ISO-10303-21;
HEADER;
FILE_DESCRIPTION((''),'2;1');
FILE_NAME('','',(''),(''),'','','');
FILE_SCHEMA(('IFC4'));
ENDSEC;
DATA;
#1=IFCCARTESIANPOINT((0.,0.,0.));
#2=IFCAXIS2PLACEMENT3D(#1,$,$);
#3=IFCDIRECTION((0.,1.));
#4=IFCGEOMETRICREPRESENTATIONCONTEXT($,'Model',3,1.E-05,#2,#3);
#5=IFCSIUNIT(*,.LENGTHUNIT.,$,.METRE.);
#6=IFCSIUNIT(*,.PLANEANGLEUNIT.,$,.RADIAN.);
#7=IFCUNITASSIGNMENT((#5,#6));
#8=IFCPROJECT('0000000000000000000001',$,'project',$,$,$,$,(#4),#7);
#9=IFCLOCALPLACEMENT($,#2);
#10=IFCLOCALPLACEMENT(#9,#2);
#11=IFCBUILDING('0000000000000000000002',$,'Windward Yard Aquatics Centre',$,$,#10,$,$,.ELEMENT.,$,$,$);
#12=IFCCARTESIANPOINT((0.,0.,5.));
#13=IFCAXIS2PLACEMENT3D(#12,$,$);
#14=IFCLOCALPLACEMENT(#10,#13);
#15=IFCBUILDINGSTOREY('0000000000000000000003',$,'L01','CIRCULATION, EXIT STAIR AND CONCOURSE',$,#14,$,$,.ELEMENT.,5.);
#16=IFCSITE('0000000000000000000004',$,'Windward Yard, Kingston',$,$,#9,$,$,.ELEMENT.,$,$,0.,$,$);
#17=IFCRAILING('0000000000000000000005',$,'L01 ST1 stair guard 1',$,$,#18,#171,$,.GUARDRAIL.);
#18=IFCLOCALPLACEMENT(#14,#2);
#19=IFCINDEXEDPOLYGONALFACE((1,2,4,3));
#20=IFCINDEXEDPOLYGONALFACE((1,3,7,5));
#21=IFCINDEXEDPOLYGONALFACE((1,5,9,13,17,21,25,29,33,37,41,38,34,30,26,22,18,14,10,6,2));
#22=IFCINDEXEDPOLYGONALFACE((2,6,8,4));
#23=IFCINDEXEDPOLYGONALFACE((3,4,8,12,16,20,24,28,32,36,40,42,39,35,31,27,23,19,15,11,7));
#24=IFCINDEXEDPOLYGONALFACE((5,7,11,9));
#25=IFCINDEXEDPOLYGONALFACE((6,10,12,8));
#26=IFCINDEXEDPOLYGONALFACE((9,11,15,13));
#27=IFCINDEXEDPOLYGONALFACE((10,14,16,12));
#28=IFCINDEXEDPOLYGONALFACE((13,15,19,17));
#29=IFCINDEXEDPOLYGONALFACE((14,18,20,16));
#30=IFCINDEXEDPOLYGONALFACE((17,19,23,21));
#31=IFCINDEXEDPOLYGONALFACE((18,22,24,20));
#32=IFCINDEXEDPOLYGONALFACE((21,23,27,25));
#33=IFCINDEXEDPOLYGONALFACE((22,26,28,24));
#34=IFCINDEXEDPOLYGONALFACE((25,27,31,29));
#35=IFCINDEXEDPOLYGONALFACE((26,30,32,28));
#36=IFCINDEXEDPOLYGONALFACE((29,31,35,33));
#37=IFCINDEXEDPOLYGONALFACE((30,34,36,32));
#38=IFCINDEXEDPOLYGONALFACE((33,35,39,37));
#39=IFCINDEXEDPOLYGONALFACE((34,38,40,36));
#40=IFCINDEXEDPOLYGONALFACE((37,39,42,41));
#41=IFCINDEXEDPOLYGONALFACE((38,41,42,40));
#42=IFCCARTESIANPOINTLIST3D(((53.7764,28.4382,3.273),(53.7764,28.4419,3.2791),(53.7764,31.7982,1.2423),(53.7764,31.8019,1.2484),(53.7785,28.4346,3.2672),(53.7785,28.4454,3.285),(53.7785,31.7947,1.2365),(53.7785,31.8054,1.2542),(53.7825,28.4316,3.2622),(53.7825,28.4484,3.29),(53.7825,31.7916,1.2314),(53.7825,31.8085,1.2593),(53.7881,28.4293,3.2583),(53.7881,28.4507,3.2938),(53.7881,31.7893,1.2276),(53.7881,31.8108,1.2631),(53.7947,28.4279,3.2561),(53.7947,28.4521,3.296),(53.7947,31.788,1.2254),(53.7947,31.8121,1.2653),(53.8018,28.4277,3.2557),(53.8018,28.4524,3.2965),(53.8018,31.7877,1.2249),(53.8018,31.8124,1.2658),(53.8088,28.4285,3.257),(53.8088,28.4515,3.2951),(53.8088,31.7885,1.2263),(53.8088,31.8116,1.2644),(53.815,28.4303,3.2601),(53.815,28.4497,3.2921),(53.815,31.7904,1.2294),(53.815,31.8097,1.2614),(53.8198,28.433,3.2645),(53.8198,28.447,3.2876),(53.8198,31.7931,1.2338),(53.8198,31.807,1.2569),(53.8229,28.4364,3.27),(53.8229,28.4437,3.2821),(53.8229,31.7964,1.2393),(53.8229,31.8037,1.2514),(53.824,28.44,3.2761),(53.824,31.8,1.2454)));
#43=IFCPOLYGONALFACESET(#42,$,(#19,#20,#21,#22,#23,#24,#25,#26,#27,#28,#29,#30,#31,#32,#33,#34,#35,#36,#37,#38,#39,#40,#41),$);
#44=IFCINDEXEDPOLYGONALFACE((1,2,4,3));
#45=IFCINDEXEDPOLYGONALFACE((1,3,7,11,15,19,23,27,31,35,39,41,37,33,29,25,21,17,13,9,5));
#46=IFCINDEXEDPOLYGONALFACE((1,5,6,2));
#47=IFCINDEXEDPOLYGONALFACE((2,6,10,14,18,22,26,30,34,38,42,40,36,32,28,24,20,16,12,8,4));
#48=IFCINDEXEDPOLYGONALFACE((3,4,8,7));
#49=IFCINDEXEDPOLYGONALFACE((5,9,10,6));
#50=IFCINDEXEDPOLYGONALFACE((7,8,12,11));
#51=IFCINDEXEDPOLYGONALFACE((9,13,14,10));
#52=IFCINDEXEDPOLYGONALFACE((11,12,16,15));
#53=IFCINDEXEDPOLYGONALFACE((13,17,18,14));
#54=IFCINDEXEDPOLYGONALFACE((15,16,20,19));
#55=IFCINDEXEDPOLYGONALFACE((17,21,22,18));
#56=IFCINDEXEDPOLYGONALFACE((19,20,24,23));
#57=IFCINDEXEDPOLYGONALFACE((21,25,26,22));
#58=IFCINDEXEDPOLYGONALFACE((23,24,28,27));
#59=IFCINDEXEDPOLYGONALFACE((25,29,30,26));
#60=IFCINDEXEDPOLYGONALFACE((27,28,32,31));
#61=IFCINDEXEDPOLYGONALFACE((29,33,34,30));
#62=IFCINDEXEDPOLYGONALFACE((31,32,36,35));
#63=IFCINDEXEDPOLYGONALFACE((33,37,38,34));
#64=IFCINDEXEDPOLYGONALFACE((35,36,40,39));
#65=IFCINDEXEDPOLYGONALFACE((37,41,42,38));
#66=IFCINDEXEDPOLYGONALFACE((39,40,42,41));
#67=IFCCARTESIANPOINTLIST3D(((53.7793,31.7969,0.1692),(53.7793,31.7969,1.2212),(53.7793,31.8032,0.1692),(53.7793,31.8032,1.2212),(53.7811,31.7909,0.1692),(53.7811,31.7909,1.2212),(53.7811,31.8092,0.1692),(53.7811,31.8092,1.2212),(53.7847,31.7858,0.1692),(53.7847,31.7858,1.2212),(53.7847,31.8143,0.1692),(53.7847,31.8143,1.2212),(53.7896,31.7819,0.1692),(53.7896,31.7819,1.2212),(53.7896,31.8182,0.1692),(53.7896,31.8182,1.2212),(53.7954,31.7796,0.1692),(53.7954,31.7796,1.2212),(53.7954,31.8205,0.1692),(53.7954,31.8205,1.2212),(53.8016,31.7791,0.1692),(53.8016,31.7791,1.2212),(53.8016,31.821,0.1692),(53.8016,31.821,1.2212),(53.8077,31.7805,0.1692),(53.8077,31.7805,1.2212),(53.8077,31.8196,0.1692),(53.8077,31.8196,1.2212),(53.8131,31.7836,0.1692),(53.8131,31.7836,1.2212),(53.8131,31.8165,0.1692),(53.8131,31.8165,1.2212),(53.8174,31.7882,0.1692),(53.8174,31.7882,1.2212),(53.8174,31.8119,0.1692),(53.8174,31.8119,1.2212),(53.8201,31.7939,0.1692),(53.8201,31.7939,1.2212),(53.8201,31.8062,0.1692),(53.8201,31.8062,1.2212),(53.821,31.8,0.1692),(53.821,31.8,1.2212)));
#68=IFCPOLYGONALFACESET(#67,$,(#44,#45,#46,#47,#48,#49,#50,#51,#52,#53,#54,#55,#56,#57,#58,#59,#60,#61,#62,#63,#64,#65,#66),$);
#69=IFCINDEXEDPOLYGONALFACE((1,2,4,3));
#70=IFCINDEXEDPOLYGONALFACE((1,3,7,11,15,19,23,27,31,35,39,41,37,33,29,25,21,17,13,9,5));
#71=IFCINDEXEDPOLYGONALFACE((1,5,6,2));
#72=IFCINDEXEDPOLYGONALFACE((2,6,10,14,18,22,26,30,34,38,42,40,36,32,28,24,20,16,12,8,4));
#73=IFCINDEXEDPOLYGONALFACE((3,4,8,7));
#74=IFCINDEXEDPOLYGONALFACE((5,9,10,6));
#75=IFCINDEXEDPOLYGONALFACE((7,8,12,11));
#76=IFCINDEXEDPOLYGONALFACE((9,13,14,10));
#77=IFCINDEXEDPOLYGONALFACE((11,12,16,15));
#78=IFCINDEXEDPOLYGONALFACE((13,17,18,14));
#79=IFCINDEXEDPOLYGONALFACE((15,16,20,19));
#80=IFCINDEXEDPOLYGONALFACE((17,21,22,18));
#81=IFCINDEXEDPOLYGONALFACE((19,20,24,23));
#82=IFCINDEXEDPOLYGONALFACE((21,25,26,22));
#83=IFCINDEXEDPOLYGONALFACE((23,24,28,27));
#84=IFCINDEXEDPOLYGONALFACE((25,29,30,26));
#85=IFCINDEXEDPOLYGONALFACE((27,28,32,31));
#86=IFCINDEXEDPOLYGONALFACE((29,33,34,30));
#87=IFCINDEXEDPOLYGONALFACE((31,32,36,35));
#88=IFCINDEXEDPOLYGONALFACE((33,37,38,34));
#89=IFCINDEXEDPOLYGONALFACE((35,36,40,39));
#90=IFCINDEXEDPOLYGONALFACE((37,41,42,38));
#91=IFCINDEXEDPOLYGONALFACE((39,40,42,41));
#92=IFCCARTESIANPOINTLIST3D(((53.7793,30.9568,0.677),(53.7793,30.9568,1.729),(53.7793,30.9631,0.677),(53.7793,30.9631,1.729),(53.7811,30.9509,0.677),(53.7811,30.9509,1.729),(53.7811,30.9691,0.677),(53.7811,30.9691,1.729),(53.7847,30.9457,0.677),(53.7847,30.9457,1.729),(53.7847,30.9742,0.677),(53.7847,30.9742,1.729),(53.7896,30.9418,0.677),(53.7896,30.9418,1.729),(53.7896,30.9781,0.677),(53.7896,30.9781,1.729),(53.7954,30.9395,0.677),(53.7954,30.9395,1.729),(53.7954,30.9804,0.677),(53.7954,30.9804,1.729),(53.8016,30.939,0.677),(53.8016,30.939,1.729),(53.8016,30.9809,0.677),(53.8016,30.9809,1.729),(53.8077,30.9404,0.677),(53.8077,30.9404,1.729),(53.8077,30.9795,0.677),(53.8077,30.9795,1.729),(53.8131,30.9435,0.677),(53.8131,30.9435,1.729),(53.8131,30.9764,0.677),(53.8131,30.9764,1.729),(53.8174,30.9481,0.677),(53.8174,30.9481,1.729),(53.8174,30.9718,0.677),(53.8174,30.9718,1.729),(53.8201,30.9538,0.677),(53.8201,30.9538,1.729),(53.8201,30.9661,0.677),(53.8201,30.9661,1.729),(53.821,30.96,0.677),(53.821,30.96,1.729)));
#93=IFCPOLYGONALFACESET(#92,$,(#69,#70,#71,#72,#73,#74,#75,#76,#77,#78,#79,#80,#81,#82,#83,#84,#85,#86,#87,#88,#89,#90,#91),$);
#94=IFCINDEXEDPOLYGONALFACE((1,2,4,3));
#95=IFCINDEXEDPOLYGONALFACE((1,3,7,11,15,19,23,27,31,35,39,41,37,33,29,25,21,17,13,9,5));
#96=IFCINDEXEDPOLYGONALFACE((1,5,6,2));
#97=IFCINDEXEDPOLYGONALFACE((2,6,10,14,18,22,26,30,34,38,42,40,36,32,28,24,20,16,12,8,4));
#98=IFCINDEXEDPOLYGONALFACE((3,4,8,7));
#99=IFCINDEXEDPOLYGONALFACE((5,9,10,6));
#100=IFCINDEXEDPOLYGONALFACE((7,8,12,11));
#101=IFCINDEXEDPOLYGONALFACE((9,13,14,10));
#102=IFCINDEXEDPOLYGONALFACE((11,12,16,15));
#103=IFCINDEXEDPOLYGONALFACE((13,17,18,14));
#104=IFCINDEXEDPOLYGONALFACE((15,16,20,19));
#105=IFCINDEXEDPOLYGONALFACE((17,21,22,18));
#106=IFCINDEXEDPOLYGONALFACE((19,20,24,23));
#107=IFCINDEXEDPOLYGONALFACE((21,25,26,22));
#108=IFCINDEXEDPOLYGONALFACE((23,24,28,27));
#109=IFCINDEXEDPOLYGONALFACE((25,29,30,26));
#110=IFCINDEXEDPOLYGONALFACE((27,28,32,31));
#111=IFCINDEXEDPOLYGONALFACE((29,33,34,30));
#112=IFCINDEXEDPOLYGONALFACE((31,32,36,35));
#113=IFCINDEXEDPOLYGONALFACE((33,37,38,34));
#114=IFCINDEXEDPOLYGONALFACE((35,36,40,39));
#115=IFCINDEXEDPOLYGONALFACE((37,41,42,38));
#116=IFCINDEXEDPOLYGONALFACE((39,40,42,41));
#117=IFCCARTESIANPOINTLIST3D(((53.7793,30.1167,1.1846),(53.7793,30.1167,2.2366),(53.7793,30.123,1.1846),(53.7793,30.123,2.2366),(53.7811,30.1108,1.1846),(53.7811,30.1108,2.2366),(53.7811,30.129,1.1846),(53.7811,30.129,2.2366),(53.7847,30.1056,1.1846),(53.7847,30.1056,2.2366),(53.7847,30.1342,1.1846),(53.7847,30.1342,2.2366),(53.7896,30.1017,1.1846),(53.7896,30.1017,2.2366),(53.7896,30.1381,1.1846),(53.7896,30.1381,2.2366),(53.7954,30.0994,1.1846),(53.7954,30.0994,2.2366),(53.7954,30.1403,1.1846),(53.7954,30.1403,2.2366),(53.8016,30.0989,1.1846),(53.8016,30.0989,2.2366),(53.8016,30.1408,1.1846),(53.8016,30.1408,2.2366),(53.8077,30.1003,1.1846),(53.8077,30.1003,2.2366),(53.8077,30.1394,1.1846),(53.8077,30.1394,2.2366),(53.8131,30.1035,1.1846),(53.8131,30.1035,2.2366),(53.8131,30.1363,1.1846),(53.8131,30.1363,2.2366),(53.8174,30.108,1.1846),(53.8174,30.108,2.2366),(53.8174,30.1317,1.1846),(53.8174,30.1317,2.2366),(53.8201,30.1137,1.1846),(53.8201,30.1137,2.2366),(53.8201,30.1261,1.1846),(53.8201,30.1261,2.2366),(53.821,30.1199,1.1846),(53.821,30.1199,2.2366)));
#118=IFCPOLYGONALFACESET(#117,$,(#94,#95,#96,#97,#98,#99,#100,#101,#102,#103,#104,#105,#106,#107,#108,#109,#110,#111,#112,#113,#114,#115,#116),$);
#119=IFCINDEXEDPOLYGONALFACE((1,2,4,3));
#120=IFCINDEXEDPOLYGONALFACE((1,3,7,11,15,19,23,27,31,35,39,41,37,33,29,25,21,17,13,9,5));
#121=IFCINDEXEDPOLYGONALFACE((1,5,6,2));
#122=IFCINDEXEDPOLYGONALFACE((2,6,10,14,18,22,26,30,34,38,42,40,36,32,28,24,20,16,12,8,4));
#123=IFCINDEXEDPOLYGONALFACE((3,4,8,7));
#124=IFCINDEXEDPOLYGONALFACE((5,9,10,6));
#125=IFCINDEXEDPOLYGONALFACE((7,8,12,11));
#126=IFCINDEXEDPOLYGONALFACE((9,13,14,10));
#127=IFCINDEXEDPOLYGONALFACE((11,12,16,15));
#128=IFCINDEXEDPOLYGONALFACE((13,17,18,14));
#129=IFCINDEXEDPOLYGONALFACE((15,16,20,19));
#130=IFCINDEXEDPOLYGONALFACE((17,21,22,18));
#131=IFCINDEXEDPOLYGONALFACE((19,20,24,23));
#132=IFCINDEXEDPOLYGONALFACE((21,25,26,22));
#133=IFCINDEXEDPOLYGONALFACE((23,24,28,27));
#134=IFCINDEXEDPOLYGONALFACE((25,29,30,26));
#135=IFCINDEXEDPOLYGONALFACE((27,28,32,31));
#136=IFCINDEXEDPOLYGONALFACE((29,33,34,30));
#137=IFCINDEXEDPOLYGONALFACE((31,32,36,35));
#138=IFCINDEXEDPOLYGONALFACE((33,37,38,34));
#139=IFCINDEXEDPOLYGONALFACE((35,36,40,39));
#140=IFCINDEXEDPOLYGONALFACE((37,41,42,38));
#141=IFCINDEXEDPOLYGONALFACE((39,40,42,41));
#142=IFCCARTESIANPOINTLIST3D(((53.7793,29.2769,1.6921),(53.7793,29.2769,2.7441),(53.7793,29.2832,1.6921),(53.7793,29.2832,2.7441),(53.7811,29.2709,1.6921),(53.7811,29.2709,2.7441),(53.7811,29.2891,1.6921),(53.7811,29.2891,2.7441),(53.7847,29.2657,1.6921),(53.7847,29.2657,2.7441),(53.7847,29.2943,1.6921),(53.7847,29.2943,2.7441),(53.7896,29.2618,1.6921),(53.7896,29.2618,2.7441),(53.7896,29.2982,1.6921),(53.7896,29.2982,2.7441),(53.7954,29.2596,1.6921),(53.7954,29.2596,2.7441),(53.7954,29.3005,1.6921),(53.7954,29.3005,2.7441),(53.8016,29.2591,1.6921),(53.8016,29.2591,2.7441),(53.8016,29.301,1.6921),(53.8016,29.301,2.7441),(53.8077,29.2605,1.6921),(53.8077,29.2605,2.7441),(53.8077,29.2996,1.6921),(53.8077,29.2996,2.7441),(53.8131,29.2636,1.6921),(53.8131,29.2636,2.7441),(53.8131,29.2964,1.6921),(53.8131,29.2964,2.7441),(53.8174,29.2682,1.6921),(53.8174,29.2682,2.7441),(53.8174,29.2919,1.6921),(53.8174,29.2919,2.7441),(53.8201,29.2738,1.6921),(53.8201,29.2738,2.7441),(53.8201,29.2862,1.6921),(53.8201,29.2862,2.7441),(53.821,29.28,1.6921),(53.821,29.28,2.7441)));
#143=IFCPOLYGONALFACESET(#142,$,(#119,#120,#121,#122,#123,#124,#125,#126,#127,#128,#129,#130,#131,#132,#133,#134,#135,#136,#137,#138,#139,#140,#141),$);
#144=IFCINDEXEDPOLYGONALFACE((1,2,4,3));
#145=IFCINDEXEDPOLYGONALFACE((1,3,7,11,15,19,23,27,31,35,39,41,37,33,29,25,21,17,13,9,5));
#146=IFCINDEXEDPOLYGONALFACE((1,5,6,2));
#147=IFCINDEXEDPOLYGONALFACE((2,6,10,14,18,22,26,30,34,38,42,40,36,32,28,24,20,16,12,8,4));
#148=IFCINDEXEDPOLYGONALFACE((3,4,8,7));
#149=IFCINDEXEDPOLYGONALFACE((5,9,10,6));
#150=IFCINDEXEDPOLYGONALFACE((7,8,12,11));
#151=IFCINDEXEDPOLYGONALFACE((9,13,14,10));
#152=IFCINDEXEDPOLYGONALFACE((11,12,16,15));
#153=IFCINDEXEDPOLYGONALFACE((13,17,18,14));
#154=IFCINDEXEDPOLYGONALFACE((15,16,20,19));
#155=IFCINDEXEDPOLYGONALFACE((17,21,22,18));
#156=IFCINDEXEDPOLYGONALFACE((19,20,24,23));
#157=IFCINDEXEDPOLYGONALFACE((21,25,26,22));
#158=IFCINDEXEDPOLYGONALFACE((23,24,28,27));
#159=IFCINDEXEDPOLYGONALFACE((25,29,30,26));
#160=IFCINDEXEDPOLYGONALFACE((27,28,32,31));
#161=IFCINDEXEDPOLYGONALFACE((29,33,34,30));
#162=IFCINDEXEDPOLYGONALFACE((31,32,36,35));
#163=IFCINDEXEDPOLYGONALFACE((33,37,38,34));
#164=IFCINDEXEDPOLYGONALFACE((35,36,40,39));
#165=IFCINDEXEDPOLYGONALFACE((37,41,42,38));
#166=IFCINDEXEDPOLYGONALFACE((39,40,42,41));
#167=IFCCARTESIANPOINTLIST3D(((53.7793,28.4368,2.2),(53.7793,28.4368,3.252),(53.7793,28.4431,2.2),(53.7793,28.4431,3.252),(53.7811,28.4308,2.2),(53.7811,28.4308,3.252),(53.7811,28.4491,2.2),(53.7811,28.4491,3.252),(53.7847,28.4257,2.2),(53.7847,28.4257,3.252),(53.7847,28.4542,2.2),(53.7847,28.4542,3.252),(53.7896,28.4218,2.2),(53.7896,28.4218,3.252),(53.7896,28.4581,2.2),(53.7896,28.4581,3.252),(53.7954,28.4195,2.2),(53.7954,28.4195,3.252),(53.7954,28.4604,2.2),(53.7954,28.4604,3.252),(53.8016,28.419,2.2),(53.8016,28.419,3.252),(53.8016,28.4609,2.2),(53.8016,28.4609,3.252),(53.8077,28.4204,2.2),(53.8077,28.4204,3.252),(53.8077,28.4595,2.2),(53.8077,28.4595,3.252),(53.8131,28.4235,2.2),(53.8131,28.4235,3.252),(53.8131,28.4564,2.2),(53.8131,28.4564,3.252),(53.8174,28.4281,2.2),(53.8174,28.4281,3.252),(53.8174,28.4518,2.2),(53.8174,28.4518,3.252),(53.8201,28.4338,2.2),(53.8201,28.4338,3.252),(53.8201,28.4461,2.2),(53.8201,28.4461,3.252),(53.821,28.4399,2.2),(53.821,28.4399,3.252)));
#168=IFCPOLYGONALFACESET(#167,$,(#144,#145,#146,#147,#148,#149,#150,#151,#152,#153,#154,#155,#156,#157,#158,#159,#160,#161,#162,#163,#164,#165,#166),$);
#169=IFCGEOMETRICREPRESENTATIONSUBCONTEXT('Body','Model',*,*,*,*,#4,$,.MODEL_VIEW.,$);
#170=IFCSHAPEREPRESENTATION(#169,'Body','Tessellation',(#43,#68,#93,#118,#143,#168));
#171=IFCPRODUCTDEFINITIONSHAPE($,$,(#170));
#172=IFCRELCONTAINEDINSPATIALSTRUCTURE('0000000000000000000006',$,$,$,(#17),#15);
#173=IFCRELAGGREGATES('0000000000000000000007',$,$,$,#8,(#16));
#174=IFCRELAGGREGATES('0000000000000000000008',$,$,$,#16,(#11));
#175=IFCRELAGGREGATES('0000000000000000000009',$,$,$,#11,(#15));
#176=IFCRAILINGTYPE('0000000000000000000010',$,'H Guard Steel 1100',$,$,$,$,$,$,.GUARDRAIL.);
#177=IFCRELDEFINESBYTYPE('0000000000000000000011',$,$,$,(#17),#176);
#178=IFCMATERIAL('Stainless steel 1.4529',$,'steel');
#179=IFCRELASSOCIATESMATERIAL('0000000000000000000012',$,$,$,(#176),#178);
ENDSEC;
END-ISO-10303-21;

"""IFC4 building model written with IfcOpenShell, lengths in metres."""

from ifc_helpers import new_model, si_unit, direction, frame, origin, origin_2d, place, context, subcontext, project, spatial, circle, extrude, material, type_object, element, save


model = new_model("IFC4")

# Units and contexts
model_context = context("Model", 3, precision=1e-05, world=origin(), true_north=direction((0.0, 1.0)))
body_context = subcontext(model_context, "Body", "Model", "MODEL_VIEW")
ifc_project = project(units=[si_unit("LENGTHUNIT", "METRE"), si_unit("PLANEANGLEUNIT", "RADIAN")], contexts=[model_context])

# Site, building, storey
site_placement = place(None, origin())
site = spatial("IfcSite", under=ifc_project, at=site_placement, Name="Windward Yard, Kingston", CompositionType="ELEMENT", RefElevation=0.0)
building_placement = place(site_placement, origin())
building = spatial("IfcBuilding", under=site, at=building_placement, Name="Windward Yard Aquatics Centre", CompositionType="ELEMENT")
storey_placement = place(building_placement, frame((0.0, 0.0, 5.0)))
storey = spatial("IfcBuildingStorey", under=building, at=storey_placement, Name="L01", Description="CIRCULATION, EXIT STAIR AND CONCOURSE", CompositionType="ELEMENT", Elevation=5.0)

# Railing
ifc_material_1 = material(Name="Stainless steel 1.4529", Category="steel")
railing_type = type_object("IfcRailingType", Name="H Guard Steel 1100", PredefinedType="GUARDRAIL", material=ifc_material_1)
railing_1_placement = place(storey_placement, frame((53.8, 31.8, 0.1692)))
element("IfcRailing", 1, at=railing_1_placement, inside=storey, type_object=railing_type, Name="L01 ST1 stair guard 1", PredefinedType="GUARDRAIL", context=body_context, shape_type="SweptSolid", body=[
    extrude(circle(Radius=0.0239, at=origin_2d()), frame((0.0, 0.0, 1.0762), z_axis=(0.0, -0.855837, 0.517246), x_axis=(1.0, 0.0, 0.0)), (0.0, 0.0, 1.0), 3.926),
    extrude(circle(Radius=0.021, at=origin_2d()), origin(), (0.0, 0.0, 1.0), 1.052),
    extrude(circle(Radius=0.021, at=origin_2d()), frame((0.0, -0.8401, 0.5078)), (0.0, 0.0, 1.0), 1.052),
    extrude(circle(Radius=0.021, at=origin_2d()), frame((0.0, -1.6802, 1.0154)), (0.0, 0.0, 1.0), 1.052),
    extrude(circle(Radius=0.021, at=origin_2d()), frame((0.0, -2.52, 1.5229)), (0.0, 0.0, 1.0), 1.052),
    extrude(circle(Radius=0.021, at=origin_2d()), frame((0.0, -3.3601, 2.0308)), (0.0, 0.0, 1.0), 1.052),
])

save(model, "model.ifc")
